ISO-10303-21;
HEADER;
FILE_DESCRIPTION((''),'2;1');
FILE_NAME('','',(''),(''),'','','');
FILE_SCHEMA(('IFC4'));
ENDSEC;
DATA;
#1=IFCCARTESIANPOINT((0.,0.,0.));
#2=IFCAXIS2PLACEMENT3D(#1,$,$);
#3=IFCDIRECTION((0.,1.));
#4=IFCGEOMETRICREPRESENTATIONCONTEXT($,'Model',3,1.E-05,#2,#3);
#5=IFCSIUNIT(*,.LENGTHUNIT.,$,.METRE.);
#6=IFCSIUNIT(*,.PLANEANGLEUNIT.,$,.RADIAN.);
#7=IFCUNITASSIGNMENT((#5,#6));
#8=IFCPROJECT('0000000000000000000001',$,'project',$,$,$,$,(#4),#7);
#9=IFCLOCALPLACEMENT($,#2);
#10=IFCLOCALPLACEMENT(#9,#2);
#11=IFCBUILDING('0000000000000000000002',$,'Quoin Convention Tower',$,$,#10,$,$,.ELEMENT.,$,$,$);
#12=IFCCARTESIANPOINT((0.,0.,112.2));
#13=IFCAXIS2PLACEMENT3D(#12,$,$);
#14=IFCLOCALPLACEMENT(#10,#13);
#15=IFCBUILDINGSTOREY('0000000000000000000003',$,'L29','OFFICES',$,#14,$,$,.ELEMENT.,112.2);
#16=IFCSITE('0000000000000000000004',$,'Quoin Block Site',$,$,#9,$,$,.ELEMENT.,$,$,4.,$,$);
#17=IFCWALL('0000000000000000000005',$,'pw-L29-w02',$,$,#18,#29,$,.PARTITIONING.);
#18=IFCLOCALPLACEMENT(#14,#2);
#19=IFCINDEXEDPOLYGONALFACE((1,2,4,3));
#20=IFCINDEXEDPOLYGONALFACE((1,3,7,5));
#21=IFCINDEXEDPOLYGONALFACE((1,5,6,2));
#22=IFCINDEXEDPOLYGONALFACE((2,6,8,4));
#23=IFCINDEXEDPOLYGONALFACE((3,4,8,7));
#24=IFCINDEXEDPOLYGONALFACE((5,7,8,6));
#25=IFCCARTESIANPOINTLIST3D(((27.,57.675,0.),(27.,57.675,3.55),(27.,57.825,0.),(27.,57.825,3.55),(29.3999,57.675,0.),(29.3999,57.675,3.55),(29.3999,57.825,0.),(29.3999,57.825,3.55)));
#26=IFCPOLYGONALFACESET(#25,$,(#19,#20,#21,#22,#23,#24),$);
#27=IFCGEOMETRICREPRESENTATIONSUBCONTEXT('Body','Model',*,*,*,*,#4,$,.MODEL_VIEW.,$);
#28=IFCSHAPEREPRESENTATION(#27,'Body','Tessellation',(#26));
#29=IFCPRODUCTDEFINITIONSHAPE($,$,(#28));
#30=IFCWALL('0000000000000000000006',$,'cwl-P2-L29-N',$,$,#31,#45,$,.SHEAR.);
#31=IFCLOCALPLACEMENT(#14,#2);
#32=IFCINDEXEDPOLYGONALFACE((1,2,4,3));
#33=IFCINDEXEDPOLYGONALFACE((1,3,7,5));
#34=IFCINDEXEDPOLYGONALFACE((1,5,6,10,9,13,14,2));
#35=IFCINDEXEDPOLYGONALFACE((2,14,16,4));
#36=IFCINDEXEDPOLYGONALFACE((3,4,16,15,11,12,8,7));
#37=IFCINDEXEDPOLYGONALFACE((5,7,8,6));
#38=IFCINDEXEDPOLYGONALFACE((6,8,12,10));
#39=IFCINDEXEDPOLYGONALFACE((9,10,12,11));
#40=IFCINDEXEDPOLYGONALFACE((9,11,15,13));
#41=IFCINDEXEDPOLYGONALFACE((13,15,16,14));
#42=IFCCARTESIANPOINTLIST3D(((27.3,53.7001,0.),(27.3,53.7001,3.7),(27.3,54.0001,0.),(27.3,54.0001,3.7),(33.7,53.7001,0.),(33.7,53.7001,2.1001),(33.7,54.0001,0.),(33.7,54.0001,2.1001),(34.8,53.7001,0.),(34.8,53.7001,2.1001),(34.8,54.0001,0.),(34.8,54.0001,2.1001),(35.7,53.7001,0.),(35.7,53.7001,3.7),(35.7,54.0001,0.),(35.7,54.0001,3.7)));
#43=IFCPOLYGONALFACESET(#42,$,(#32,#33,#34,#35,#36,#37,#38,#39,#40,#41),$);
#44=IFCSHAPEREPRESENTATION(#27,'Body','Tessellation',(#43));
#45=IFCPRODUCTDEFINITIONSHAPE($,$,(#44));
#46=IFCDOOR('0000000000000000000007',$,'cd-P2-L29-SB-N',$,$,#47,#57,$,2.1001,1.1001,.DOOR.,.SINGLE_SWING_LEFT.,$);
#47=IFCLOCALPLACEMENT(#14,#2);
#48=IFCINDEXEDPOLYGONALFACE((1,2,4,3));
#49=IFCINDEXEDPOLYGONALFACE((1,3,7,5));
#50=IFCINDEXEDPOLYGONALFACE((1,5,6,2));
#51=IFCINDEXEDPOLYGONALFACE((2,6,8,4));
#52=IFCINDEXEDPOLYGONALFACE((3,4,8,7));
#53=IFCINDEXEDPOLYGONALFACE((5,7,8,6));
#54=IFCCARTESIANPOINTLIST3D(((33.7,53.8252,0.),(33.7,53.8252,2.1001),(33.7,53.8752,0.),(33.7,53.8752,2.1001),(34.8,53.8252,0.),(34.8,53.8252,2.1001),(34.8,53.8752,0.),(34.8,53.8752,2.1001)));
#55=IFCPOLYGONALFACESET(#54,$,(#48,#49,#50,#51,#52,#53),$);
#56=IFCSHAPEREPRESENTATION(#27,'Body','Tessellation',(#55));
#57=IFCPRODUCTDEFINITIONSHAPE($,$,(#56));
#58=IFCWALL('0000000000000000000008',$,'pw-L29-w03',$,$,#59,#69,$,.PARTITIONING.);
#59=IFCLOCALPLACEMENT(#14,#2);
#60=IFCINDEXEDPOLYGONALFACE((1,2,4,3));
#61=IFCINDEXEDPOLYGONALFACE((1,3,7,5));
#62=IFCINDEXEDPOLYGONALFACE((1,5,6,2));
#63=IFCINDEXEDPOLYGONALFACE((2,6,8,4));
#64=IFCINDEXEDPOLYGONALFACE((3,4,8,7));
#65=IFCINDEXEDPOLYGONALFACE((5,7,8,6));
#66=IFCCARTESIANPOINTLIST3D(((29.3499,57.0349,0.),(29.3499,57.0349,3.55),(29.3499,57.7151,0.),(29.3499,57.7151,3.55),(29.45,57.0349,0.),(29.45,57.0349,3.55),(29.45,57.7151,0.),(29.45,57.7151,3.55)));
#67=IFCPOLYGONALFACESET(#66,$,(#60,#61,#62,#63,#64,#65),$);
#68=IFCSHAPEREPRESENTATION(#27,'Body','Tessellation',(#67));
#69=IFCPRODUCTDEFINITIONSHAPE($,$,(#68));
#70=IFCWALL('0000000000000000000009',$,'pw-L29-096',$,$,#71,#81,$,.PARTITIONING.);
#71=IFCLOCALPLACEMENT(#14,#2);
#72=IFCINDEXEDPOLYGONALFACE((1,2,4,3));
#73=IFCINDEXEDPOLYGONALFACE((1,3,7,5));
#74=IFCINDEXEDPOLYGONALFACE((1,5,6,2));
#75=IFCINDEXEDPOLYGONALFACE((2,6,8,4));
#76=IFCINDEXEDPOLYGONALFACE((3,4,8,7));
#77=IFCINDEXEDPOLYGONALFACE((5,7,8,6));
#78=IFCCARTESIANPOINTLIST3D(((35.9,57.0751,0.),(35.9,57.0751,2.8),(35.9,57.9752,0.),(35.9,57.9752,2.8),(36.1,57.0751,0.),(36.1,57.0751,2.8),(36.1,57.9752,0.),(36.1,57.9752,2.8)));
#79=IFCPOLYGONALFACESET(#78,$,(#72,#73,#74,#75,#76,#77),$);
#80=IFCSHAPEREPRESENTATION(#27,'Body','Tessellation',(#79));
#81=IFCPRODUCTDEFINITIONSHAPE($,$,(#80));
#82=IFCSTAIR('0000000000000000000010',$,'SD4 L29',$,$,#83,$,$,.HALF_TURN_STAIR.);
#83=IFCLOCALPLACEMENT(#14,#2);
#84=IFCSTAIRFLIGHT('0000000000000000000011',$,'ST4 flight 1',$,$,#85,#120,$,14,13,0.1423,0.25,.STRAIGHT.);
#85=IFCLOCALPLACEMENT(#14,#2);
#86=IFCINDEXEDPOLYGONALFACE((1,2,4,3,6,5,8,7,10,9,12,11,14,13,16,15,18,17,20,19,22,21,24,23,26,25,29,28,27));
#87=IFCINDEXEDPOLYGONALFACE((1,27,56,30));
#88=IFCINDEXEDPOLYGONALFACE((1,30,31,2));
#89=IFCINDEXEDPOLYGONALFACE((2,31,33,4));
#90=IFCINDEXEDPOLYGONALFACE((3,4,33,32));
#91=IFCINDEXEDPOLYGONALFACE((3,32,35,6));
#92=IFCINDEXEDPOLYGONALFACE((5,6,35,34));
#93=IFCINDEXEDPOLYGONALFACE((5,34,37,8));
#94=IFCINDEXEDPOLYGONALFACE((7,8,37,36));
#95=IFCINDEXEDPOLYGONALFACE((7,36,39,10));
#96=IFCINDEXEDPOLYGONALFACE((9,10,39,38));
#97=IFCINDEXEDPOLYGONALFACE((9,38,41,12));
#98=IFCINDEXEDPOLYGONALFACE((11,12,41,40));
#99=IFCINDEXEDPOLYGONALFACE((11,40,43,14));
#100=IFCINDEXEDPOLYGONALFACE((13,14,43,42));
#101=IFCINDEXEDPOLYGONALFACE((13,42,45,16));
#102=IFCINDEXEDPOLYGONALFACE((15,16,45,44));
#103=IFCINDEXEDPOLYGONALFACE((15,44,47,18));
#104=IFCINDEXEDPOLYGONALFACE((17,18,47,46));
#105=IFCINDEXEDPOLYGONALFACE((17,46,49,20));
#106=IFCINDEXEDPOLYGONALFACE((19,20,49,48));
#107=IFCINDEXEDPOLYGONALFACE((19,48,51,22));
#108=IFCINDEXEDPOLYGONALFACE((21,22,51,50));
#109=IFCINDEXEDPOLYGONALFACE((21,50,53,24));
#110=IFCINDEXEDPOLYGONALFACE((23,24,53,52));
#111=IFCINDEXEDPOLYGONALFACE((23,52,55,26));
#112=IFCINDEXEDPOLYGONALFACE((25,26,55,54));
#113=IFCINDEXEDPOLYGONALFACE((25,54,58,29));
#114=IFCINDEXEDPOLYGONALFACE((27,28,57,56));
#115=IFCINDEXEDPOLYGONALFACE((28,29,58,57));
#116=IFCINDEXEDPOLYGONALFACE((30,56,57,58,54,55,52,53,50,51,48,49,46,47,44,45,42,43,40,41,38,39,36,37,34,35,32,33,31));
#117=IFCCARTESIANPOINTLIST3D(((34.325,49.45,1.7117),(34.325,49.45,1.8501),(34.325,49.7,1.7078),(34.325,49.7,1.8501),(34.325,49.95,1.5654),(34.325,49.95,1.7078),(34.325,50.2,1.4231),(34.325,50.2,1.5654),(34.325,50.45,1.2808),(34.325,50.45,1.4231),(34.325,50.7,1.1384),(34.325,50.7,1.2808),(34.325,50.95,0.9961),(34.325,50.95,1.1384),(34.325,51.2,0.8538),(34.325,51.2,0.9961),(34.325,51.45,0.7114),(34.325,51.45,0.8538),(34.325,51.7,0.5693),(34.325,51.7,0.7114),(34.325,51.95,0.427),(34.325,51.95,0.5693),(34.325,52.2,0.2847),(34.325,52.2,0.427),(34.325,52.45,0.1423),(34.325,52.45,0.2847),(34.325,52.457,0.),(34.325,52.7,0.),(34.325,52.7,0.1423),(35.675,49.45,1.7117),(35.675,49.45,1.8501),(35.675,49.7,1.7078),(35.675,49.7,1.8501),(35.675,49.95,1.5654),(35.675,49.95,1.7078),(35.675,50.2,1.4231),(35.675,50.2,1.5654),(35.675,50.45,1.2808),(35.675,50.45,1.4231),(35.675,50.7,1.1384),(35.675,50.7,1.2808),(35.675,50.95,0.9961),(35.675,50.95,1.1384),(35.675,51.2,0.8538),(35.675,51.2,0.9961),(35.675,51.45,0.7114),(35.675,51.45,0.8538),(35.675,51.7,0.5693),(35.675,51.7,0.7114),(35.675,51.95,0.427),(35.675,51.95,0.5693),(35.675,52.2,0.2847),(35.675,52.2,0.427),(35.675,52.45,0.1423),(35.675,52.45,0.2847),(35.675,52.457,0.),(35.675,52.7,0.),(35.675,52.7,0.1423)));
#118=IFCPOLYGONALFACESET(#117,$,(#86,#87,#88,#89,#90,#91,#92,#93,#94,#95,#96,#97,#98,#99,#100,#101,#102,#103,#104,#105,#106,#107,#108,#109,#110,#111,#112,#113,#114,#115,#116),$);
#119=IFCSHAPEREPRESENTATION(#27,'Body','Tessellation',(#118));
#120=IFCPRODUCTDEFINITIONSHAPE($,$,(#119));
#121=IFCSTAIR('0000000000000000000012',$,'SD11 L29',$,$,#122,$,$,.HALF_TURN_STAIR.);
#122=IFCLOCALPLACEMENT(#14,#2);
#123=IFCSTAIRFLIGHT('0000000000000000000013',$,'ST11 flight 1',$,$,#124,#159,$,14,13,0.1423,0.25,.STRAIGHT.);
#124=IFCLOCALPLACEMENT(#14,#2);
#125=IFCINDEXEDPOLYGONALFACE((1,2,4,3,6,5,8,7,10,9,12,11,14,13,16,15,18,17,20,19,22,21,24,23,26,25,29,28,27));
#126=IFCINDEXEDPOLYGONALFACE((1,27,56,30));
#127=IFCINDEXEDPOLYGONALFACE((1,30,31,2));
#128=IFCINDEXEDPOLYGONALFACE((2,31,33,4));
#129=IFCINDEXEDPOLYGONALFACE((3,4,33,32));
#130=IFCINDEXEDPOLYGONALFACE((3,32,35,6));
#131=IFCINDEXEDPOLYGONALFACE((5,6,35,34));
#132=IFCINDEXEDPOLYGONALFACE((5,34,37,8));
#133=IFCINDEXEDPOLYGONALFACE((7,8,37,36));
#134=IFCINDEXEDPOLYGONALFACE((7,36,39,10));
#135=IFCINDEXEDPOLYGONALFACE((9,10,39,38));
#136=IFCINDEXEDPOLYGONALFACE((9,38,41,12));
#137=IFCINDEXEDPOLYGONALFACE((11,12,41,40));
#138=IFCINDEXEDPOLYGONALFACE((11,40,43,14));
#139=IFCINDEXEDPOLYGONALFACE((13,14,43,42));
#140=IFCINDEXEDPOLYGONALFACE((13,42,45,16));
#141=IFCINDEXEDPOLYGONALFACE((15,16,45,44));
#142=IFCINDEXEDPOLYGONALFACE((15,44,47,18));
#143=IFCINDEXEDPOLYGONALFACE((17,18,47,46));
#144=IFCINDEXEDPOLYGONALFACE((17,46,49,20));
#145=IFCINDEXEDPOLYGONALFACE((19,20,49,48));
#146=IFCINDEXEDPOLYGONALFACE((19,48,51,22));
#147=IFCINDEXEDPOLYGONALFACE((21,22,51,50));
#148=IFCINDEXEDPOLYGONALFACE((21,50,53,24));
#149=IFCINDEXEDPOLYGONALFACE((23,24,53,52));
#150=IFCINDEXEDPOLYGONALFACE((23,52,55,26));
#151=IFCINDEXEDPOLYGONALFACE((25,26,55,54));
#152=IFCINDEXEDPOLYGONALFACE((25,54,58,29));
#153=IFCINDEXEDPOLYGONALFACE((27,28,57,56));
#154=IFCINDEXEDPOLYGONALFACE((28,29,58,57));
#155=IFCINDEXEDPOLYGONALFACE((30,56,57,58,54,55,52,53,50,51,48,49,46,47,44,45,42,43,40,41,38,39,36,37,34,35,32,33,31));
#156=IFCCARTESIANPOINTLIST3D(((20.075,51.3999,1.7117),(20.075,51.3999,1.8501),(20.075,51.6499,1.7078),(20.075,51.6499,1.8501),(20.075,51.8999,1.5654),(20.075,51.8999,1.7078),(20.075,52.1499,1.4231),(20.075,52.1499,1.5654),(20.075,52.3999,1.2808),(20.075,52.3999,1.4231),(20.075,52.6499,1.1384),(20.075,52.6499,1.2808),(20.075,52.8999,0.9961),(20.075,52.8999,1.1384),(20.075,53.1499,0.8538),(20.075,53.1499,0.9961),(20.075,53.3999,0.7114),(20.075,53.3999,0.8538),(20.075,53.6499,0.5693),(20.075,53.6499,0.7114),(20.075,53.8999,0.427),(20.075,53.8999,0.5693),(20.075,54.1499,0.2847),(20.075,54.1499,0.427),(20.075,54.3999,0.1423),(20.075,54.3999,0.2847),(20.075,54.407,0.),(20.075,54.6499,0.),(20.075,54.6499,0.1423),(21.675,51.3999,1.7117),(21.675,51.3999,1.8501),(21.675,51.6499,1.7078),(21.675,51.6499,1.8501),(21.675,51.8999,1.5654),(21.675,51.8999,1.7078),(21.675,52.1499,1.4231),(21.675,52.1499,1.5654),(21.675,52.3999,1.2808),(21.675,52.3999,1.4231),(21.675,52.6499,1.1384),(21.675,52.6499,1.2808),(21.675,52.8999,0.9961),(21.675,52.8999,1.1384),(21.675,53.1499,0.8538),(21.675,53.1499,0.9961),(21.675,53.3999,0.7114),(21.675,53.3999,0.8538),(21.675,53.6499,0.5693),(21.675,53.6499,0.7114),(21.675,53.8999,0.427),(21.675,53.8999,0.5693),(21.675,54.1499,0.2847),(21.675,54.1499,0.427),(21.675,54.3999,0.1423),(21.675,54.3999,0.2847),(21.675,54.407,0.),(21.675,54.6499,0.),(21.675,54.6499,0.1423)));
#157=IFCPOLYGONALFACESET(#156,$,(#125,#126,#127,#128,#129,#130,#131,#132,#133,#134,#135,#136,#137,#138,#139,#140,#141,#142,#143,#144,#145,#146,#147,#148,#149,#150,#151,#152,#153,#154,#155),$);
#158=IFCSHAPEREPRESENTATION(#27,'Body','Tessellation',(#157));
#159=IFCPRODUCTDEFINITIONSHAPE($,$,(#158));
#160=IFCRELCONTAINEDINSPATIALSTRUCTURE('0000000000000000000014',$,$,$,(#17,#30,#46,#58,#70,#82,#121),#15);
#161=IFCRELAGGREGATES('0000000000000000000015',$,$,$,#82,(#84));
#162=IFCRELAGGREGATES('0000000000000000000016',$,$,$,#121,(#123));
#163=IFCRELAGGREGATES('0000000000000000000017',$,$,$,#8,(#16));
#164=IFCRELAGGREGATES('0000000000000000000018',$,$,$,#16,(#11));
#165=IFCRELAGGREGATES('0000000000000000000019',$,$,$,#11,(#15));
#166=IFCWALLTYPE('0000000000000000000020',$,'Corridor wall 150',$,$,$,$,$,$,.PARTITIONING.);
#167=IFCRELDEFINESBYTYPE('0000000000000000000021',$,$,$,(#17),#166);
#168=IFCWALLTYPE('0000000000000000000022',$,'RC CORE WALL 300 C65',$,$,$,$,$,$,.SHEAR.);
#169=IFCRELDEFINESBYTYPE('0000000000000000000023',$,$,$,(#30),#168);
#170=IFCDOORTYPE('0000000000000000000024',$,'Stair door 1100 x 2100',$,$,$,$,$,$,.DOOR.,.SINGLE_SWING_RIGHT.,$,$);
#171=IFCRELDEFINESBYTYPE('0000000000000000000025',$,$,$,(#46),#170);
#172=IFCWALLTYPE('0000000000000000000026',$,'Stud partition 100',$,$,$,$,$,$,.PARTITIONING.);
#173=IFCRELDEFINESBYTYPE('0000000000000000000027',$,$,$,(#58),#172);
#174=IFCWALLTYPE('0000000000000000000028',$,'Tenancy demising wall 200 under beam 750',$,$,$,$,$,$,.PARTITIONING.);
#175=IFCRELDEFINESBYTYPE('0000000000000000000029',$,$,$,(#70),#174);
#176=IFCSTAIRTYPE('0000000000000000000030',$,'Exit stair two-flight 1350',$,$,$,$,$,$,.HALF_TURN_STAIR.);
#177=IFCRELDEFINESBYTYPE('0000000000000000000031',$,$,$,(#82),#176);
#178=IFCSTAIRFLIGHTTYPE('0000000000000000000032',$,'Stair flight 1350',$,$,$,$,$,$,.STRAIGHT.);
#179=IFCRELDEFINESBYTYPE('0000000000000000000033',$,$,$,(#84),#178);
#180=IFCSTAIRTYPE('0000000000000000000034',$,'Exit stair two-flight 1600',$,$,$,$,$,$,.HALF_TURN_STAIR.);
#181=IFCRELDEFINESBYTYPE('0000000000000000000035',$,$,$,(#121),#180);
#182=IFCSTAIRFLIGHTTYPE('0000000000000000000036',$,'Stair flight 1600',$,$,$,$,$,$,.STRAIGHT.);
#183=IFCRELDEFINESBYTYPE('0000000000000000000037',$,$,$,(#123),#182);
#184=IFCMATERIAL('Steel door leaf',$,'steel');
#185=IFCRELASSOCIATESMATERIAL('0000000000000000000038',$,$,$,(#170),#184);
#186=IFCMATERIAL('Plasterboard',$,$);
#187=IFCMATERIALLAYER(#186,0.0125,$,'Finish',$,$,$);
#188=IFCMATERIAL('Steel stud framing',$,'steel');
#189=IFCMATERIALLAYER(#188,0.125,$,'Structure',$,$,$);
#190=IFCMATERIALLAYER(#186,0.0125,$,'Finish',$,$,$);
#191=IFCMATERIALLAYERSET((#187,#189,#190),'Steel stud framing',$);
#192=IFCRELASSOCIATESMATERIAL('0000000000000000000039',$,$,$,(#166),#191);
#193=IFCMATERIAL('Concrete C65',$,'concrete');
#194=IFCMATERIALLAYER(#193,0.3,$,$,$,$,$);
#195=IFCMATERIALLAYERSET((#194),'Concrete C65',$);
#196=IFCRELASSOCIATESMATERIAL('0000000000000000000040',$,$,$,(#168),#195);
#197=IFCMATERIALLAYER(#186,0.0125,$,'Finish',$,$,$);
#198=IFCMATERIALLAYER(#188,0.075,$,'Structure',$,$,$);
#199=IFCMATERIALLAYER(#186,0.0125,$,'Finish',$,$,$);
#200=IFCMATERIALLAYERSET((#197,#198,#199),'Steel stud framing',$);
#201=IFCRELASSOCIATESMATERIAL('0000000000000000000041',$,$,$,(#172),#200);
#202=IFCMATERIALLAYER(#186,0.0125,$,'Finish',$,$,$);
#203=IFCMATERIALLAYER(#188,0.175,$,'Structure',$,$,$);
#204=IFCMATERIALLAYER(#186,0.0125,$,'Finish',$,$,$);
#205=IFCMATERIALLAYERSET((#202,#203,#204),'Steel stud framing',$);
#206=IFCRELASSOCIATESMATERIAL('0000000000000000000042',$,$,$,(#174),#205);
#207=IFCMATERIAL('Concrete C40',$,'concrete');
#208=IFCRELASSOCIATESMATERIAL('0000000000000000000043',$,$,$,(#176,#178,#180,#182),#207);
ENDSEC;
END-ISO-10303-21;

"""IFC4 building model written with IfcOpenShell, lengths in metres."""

from ifc_helpers import new_model, si_unit, direction, frame, frame_2d, origin, place, context, subcontext, project, spatial, polyline, rectangle, outline, extrude, material, layer, layer_set, type_object, element, fill, aggregate, save


model = new_model("IFC4")

# Units and contexts
model_context = context("Model", 3, precision=1e-05, world=origin(), true_north=direction((0.0, 1.0)))
body_context = subcontext(model_context, "Body", "Model", "MODEL_VIEW")
ifc_project = project(units=[si_unit("LENGTHUNIT", "METRE"), si_unit("PLANEANGLEUNIT", "RADIAN")], contexts=[model_context])

# Site, building, storey
site_placement = place(None, origin())
site = spatial("IfcSite", under=ifc_project, at=site_placement, Name="Quoin Block Site", CompositionType="ELEMENT", RefElevation=4.0)
building_placement = place(site_placement, origin())
building = spatial("IfcBuilding", under=site, at=building_placement, Name="Quoin Convention Tower", CompositionType="ELEMENT")
storey_placement = place(building_placement, frame((0.0, 0.0, 112.2)))
storey = spatial("IfcBuildingStorey", under=building, at=storey_placement, Name="L29", Description="OFFICES", CompositionType="ELEMENT", Elevation=112.2)

# Shared definitions
ifc_material_1 = material(Name="Concrete C65", Category="concrete")

# Shared definitions
ifc_material_2 = material(Name="Steel door leaf", Category="steel")
door_type_1 = type_object("IfcDoorType", Name="Stair door 1100 x 2100", OperationType="SINGLE_SWING_RIGHT", PredefinedType="DOOR", material=ifc_material_2)
ifc_material_3 = material(Name="Plasterboard")
ifc_layer_1 = layer(ifc_material_3, 0.0125, Name="Finish")
ifc_material_4 = material(Name="Steel stud framing", Category="steel")
ifc_layer_2 = layer(ifc_material_4, 0.125, Name="Structure")
ifc_layer_3 = layer(ifc_material_3, 0.0125, Name="Finish")
ifc_layer_set_1 = layer_set([ifc_layer_1, ifc_layer_2, ifc_layer_3], Name="Steel stud framing")
wall_type_1 = type_object("IfcWallType", Name="Corridor wall 150", PredefinedType="PARTITIONING", material=ifc_layer_set_1)

# Wall
wall_1_placement = place(storey_placement, frame((27.0, 57.75, 0.0), z_axis=(0.0, 0.0, 1.0), x_axis=(1.0, 0.0, 0.0)))
element("IfcWall", 1, at=wall_1_placement, inside=storey, type_object=wall_type_1, Name="pw-L29-w02", PredefinedType="PARTITIONING", context=body_context, shape_type="SweptSolid", body=[
    extrude(rectangle(XDim=2.3999, YDim=0.1499, at=frame_2d((1.2, 0.0))), origin(), (0.0, 0.0, 1.0), 3.55),
])

# Wall, opening, door
ifc_layer_4 = layer(ifc_material_1, 0.3)
ifc_layer_set_2 = layer_set([ifc_layer_4], Name="Concrete C65")
wall_type_2 = type_object("IfcWallType", Name="RC CORE WALL 300 C65", PredefinedType="SHEAR", material=ifc_layer_set_2)
wall_2_placement = place(storey_placement, frame((27.3, 53.8501, 0.0), z_axis=(0.0, 0.0, 1.0), x_axis=(1.0, 0.0, 0.0)))
wall_2 = element("IfcWall", 2, at=wall_2_placement, inside=storey, type_object=wall_type_2, Name="cwl-P2-L29-N", PredefinedType="SHEAR", context=body_context, shape_type="SweptSolid", body=[
    extrude(rectangle(XDim=8.3999, YDim=0.3, at=frame_2d((4.2, 0.0))), origin(), (0.0, 0.0, 1.0), 3.7),
])
opening_1_placement = place(wall_2_placement, frame((6.3999, 0.0, 0.0)))
opening_1 = element("IfcOpeningElement", 3, at=opening_1_placement, cuts=wall_2, PredefinedType="OPENING", context=body_context, shape_type="SweptSolid", body=[
    extrude(rectangle(XDim=1.1001, YDim=2.1001, at=frame_2d((0.55, 1.05))), frame((0.0, 0.1599, 0.0), z_axis=(0.0, -1.0, 0.0), x_axis=(1.0, 0.0, 0.0)), (0.0, 0.0, 1.0), 0.3201),
])
door_1_placement = place(opening_1_placement, frame((1.1001, 0.0, 0.0), z_axis=(0.0, 0.0, 1.0), x_axis=(-1.0, 0.0, 0.0)))
door_1 = element("IfcDoor", 4, at=door_1_placement, inside=storey, type_object=door_type_1, Name="cd-P2-L29-SB-N", OperationType="SINGLE_SWING_LEFT", OverallHeight=2.1001, OverallWidth=1.1001, PredefinedType="DOOR", context=body_context, shape_type="SweptSolid", body=[
    extrude(rectangle(XDim=1.1001, YDim=2.1001, at=frame_2d((0.55, 1.05))), frame((0.0, 0.0249, 0.0), z_axis=(0.0, -1.0, 0.0), x_axis=(1.0, 0.0, 0.0)), (0.0, 0.0, 1.0), 0.05),
])
fill(opening_1, door_1)

# Walls
ifc_layer_5 = layer(ifc_material_3, 0.0125, Name="Finish")
ifc_layer_6 = layer(ifc_material_4, 0.075, Name="Structure")
ifc_layer_7 = layer(ifc_material_3, 0.0125, Name="Finish")
ifc_layer_set_3 = layer_set([ifc_layer_5, ifc_layer_6, ifc_layer_7], Name="Steel stud framing")
wall_type_3 = type_object("IfcWallType", Name="Stud partition 100", PredefinedType="PARTITIONING", material=ifc_layer_set_3)
wall_3_placement = place(storey_placement, frame((29.3999, 57.7151, 0.0), z_axis=(0.0, 0.0, 1.0), x_axis=(0.0, -1.0, 0.0)))
element("IfcWall", 5, at=wall_3_placement, inside=storey, type_object=wall_type_3, Name="pw-L29-w03", PredefinedType="PARTITIONING", context=body_context, shape_type="SweptSolid", body=[
    extrude(rectangle(XDim=0.6802, YDim=0.1001, at=frame_2d((0.3401, 0.0))), origin(), (0.0, 0.0, 1.0), 3.55),
])
ifc_layer_8 = layer(ifc_material_3, 0.0125, Name="Finish")
ifc_layer_9 = layer(ifc_material_4, 0.175, Name="Structure")
ifc_layer_10 = layer(ifc_material_3, 0.0125, Name="Finish")
ifc_layer_set_4 = layer_set([ifc_layer_8, ifc_layer_9, ifc_layer_10], Name="Steel stud framing")
wall_type_4 = type_object("IfcWallType", Name="Tenancy demising wall 200 under beam 750", PredefinedType="PARTITIONING", material=ifc_layer_set_4)
wall_4_placement = place(storey_placement, frame((36.0, 57.075, 0.0), z_axis=(0.0, 0.0, 1.0), x_axis=(0.0, 1.0, 0.0)))
element("IfcWall", 6, at=wall_4_placement, inside=storey, type_object=wall_type_4, Name="pw-L29-096", PredefinedType="PARTITIONING", context=body_context, shape_type="SweptSolid", body=[
    extrude(rectangle(XDim=0.9001, YDim=0.2, at=frame_2d((0.4502, 0.0))), origin(), (0.0, 0.0, 1.0), 2.8),
])

# Stair, stair flight
ifc_material_5 = material(Name="Concrete C40", Category="concrete")
stair_type_1 = type_object("IfcStairType", Name="Exit stair two-flight 1350", PredefinedType="HALF_TURN_STAIR", material=ifc_material_5)
stair_1_placement = place(storey_placement, origin())
stair_1 = element("IfcStair", 7, at=stair_1_placement, inside=storey, type_object=stair_type_1, Name="SD4 L29", PredefinedType="HALF_TURN_STAIR")
stair_flight_type_1 = type_object("IfcStairFlightType", Name="Stair flight 1350", PredefinedType="STRAIGHT", material=ifc_material_5)
stair_flight_1_placement = place(storey_placement, frame((35.0, 52.7, 0.0), z_axis=(0.0, 0.0, 1.0), x_axis=(0.0, -1.0, 0.0)))
stair_flight_1 = element("IfcStairFlight", 8, at=stair_flight_1_placement, type_object=stair_flight_type_1, Name="ST4 flight 1", NumberOfRisers=14, NumberOfTreads=13, PredefinedType="STRAIGHT", RiserHeight=0.1423, TreadLength=0.25, context=body_context, shape_type="SweptSolid", body=[
    extrude(outline(polyline([(0.0, 0.0), (0.0, 0.1423), (0.25, 0.1423), (0.25, 0.2847), (0.5, 0.2847), (0.5, 0.427), (0.75, 0.427), (0.75, 0.5693), (1.0, 0.5693), (1.0, 0.7114), (1.25, 0.7114), (1.25, 0.8538), (1.5, 0.8538), (1.5, 0.9961), (1.75, 0.9961), (1.75, 1.1384), (2.0, 1.1384), (2.0, 1.2808), (2.25, 1.2808), (2.25, 1.4231), (2.5, 1.4231), (2.5, 1.5654), (2.75, 1.5654), (2.75, 1.7078), (3.0, 1.7078), (3.0, 1.8501), (3.25, 1.8501), (3.25, 1.9922), (3.25, 1.7117), (0.2429, 0.0), (0.0, 0.0)])), frame((0.0, 0.675, 0.0), z_axis=(0.0, -1.0, 0.0), x_axis=(1.0, 0.0, 0.0)), (0.0, 0.0, 1.0), 1.3501),
])
aggregate(stair_1, [stair_flight_1])

# Stair, stair flight
stair_type_2 = type_object("IfcStairType", Name="Exit stair two-flight 1600", PredefinedType="HALF_TURN_STAIR", material=ifc_material_5)
stair_2_placement = place(storey_placement, origin())
stair_2 = element("IfcStair", 9, at=stair_2_placement, inside=storey, type_object=stair_type_2, Name="SD11 L29", PredefinedType="HALF_TURN_STAIR")
stair_flight_type_2 = type_object("IfcStairFlightType", Name="Stair flight 1600", PredefinedType="STRAIGHT", material=ifc_material_5)
stair_flight_2_placement = place(storey_placement, frame((20.875, 54.6499, 0.0), z_axis=(0.0, 0.0, 1.0), x_axis=(0.0, -1.0, 0.0)))
stair_flight_2 = element("IfcStairFlight", 10, at=stair_flight_2_placement, type_object=stair_flight_type_2, Name="ST11 flight 1", NumberOfRisers=14, NumberOfTreads=13, PredefinedType="STRAIGHT", RiserHeight=0.1423, TreadLength=0.25, context=body_context, shape_type="SweptSolid", body=[
    extrude(outline(polyline([(0.0, 0.0), (0.0, 0.1423), (0.25, 0.1423), (0.25, 0.2847), (0.5, 0.2847), (0.5, 0.427), (0.75, 0.427), (0.75, 0.5693), (1.0, 0.5693), (1.0, 0.7114), (1.25, 0.7114), (1.25, 0.8538), (1.5, 0.8538), (1.5, 0.9961), (1.75, 0.9961), (1.75, 1.1384), (2.0, 1.1384), (2.0, 1.2808), (2.25, 1.2808), (2.25, 1.4231), (2.5, 1.4231), (2.5, 1.5654), (2.75, 1.5654), (2.75, 1.7078), (3.0, 1.7078), (3.0, 1.8501), (3.25, 1.8501), (3.25, 1.9922), (3.25, 1.7117), (0.2429, 0.0), (0.0, 0.0)])), frame((0.0, 0.8, 0.0), z_axis=(0.0, -1.0, 0.0), x_axis=(1.0, 0.0, 0.0)), (0.0, 0.0, 1.0), 1.6001),
])
aggregate(stair_2, [stair_flight_2])

save(model, "model.ifc")
